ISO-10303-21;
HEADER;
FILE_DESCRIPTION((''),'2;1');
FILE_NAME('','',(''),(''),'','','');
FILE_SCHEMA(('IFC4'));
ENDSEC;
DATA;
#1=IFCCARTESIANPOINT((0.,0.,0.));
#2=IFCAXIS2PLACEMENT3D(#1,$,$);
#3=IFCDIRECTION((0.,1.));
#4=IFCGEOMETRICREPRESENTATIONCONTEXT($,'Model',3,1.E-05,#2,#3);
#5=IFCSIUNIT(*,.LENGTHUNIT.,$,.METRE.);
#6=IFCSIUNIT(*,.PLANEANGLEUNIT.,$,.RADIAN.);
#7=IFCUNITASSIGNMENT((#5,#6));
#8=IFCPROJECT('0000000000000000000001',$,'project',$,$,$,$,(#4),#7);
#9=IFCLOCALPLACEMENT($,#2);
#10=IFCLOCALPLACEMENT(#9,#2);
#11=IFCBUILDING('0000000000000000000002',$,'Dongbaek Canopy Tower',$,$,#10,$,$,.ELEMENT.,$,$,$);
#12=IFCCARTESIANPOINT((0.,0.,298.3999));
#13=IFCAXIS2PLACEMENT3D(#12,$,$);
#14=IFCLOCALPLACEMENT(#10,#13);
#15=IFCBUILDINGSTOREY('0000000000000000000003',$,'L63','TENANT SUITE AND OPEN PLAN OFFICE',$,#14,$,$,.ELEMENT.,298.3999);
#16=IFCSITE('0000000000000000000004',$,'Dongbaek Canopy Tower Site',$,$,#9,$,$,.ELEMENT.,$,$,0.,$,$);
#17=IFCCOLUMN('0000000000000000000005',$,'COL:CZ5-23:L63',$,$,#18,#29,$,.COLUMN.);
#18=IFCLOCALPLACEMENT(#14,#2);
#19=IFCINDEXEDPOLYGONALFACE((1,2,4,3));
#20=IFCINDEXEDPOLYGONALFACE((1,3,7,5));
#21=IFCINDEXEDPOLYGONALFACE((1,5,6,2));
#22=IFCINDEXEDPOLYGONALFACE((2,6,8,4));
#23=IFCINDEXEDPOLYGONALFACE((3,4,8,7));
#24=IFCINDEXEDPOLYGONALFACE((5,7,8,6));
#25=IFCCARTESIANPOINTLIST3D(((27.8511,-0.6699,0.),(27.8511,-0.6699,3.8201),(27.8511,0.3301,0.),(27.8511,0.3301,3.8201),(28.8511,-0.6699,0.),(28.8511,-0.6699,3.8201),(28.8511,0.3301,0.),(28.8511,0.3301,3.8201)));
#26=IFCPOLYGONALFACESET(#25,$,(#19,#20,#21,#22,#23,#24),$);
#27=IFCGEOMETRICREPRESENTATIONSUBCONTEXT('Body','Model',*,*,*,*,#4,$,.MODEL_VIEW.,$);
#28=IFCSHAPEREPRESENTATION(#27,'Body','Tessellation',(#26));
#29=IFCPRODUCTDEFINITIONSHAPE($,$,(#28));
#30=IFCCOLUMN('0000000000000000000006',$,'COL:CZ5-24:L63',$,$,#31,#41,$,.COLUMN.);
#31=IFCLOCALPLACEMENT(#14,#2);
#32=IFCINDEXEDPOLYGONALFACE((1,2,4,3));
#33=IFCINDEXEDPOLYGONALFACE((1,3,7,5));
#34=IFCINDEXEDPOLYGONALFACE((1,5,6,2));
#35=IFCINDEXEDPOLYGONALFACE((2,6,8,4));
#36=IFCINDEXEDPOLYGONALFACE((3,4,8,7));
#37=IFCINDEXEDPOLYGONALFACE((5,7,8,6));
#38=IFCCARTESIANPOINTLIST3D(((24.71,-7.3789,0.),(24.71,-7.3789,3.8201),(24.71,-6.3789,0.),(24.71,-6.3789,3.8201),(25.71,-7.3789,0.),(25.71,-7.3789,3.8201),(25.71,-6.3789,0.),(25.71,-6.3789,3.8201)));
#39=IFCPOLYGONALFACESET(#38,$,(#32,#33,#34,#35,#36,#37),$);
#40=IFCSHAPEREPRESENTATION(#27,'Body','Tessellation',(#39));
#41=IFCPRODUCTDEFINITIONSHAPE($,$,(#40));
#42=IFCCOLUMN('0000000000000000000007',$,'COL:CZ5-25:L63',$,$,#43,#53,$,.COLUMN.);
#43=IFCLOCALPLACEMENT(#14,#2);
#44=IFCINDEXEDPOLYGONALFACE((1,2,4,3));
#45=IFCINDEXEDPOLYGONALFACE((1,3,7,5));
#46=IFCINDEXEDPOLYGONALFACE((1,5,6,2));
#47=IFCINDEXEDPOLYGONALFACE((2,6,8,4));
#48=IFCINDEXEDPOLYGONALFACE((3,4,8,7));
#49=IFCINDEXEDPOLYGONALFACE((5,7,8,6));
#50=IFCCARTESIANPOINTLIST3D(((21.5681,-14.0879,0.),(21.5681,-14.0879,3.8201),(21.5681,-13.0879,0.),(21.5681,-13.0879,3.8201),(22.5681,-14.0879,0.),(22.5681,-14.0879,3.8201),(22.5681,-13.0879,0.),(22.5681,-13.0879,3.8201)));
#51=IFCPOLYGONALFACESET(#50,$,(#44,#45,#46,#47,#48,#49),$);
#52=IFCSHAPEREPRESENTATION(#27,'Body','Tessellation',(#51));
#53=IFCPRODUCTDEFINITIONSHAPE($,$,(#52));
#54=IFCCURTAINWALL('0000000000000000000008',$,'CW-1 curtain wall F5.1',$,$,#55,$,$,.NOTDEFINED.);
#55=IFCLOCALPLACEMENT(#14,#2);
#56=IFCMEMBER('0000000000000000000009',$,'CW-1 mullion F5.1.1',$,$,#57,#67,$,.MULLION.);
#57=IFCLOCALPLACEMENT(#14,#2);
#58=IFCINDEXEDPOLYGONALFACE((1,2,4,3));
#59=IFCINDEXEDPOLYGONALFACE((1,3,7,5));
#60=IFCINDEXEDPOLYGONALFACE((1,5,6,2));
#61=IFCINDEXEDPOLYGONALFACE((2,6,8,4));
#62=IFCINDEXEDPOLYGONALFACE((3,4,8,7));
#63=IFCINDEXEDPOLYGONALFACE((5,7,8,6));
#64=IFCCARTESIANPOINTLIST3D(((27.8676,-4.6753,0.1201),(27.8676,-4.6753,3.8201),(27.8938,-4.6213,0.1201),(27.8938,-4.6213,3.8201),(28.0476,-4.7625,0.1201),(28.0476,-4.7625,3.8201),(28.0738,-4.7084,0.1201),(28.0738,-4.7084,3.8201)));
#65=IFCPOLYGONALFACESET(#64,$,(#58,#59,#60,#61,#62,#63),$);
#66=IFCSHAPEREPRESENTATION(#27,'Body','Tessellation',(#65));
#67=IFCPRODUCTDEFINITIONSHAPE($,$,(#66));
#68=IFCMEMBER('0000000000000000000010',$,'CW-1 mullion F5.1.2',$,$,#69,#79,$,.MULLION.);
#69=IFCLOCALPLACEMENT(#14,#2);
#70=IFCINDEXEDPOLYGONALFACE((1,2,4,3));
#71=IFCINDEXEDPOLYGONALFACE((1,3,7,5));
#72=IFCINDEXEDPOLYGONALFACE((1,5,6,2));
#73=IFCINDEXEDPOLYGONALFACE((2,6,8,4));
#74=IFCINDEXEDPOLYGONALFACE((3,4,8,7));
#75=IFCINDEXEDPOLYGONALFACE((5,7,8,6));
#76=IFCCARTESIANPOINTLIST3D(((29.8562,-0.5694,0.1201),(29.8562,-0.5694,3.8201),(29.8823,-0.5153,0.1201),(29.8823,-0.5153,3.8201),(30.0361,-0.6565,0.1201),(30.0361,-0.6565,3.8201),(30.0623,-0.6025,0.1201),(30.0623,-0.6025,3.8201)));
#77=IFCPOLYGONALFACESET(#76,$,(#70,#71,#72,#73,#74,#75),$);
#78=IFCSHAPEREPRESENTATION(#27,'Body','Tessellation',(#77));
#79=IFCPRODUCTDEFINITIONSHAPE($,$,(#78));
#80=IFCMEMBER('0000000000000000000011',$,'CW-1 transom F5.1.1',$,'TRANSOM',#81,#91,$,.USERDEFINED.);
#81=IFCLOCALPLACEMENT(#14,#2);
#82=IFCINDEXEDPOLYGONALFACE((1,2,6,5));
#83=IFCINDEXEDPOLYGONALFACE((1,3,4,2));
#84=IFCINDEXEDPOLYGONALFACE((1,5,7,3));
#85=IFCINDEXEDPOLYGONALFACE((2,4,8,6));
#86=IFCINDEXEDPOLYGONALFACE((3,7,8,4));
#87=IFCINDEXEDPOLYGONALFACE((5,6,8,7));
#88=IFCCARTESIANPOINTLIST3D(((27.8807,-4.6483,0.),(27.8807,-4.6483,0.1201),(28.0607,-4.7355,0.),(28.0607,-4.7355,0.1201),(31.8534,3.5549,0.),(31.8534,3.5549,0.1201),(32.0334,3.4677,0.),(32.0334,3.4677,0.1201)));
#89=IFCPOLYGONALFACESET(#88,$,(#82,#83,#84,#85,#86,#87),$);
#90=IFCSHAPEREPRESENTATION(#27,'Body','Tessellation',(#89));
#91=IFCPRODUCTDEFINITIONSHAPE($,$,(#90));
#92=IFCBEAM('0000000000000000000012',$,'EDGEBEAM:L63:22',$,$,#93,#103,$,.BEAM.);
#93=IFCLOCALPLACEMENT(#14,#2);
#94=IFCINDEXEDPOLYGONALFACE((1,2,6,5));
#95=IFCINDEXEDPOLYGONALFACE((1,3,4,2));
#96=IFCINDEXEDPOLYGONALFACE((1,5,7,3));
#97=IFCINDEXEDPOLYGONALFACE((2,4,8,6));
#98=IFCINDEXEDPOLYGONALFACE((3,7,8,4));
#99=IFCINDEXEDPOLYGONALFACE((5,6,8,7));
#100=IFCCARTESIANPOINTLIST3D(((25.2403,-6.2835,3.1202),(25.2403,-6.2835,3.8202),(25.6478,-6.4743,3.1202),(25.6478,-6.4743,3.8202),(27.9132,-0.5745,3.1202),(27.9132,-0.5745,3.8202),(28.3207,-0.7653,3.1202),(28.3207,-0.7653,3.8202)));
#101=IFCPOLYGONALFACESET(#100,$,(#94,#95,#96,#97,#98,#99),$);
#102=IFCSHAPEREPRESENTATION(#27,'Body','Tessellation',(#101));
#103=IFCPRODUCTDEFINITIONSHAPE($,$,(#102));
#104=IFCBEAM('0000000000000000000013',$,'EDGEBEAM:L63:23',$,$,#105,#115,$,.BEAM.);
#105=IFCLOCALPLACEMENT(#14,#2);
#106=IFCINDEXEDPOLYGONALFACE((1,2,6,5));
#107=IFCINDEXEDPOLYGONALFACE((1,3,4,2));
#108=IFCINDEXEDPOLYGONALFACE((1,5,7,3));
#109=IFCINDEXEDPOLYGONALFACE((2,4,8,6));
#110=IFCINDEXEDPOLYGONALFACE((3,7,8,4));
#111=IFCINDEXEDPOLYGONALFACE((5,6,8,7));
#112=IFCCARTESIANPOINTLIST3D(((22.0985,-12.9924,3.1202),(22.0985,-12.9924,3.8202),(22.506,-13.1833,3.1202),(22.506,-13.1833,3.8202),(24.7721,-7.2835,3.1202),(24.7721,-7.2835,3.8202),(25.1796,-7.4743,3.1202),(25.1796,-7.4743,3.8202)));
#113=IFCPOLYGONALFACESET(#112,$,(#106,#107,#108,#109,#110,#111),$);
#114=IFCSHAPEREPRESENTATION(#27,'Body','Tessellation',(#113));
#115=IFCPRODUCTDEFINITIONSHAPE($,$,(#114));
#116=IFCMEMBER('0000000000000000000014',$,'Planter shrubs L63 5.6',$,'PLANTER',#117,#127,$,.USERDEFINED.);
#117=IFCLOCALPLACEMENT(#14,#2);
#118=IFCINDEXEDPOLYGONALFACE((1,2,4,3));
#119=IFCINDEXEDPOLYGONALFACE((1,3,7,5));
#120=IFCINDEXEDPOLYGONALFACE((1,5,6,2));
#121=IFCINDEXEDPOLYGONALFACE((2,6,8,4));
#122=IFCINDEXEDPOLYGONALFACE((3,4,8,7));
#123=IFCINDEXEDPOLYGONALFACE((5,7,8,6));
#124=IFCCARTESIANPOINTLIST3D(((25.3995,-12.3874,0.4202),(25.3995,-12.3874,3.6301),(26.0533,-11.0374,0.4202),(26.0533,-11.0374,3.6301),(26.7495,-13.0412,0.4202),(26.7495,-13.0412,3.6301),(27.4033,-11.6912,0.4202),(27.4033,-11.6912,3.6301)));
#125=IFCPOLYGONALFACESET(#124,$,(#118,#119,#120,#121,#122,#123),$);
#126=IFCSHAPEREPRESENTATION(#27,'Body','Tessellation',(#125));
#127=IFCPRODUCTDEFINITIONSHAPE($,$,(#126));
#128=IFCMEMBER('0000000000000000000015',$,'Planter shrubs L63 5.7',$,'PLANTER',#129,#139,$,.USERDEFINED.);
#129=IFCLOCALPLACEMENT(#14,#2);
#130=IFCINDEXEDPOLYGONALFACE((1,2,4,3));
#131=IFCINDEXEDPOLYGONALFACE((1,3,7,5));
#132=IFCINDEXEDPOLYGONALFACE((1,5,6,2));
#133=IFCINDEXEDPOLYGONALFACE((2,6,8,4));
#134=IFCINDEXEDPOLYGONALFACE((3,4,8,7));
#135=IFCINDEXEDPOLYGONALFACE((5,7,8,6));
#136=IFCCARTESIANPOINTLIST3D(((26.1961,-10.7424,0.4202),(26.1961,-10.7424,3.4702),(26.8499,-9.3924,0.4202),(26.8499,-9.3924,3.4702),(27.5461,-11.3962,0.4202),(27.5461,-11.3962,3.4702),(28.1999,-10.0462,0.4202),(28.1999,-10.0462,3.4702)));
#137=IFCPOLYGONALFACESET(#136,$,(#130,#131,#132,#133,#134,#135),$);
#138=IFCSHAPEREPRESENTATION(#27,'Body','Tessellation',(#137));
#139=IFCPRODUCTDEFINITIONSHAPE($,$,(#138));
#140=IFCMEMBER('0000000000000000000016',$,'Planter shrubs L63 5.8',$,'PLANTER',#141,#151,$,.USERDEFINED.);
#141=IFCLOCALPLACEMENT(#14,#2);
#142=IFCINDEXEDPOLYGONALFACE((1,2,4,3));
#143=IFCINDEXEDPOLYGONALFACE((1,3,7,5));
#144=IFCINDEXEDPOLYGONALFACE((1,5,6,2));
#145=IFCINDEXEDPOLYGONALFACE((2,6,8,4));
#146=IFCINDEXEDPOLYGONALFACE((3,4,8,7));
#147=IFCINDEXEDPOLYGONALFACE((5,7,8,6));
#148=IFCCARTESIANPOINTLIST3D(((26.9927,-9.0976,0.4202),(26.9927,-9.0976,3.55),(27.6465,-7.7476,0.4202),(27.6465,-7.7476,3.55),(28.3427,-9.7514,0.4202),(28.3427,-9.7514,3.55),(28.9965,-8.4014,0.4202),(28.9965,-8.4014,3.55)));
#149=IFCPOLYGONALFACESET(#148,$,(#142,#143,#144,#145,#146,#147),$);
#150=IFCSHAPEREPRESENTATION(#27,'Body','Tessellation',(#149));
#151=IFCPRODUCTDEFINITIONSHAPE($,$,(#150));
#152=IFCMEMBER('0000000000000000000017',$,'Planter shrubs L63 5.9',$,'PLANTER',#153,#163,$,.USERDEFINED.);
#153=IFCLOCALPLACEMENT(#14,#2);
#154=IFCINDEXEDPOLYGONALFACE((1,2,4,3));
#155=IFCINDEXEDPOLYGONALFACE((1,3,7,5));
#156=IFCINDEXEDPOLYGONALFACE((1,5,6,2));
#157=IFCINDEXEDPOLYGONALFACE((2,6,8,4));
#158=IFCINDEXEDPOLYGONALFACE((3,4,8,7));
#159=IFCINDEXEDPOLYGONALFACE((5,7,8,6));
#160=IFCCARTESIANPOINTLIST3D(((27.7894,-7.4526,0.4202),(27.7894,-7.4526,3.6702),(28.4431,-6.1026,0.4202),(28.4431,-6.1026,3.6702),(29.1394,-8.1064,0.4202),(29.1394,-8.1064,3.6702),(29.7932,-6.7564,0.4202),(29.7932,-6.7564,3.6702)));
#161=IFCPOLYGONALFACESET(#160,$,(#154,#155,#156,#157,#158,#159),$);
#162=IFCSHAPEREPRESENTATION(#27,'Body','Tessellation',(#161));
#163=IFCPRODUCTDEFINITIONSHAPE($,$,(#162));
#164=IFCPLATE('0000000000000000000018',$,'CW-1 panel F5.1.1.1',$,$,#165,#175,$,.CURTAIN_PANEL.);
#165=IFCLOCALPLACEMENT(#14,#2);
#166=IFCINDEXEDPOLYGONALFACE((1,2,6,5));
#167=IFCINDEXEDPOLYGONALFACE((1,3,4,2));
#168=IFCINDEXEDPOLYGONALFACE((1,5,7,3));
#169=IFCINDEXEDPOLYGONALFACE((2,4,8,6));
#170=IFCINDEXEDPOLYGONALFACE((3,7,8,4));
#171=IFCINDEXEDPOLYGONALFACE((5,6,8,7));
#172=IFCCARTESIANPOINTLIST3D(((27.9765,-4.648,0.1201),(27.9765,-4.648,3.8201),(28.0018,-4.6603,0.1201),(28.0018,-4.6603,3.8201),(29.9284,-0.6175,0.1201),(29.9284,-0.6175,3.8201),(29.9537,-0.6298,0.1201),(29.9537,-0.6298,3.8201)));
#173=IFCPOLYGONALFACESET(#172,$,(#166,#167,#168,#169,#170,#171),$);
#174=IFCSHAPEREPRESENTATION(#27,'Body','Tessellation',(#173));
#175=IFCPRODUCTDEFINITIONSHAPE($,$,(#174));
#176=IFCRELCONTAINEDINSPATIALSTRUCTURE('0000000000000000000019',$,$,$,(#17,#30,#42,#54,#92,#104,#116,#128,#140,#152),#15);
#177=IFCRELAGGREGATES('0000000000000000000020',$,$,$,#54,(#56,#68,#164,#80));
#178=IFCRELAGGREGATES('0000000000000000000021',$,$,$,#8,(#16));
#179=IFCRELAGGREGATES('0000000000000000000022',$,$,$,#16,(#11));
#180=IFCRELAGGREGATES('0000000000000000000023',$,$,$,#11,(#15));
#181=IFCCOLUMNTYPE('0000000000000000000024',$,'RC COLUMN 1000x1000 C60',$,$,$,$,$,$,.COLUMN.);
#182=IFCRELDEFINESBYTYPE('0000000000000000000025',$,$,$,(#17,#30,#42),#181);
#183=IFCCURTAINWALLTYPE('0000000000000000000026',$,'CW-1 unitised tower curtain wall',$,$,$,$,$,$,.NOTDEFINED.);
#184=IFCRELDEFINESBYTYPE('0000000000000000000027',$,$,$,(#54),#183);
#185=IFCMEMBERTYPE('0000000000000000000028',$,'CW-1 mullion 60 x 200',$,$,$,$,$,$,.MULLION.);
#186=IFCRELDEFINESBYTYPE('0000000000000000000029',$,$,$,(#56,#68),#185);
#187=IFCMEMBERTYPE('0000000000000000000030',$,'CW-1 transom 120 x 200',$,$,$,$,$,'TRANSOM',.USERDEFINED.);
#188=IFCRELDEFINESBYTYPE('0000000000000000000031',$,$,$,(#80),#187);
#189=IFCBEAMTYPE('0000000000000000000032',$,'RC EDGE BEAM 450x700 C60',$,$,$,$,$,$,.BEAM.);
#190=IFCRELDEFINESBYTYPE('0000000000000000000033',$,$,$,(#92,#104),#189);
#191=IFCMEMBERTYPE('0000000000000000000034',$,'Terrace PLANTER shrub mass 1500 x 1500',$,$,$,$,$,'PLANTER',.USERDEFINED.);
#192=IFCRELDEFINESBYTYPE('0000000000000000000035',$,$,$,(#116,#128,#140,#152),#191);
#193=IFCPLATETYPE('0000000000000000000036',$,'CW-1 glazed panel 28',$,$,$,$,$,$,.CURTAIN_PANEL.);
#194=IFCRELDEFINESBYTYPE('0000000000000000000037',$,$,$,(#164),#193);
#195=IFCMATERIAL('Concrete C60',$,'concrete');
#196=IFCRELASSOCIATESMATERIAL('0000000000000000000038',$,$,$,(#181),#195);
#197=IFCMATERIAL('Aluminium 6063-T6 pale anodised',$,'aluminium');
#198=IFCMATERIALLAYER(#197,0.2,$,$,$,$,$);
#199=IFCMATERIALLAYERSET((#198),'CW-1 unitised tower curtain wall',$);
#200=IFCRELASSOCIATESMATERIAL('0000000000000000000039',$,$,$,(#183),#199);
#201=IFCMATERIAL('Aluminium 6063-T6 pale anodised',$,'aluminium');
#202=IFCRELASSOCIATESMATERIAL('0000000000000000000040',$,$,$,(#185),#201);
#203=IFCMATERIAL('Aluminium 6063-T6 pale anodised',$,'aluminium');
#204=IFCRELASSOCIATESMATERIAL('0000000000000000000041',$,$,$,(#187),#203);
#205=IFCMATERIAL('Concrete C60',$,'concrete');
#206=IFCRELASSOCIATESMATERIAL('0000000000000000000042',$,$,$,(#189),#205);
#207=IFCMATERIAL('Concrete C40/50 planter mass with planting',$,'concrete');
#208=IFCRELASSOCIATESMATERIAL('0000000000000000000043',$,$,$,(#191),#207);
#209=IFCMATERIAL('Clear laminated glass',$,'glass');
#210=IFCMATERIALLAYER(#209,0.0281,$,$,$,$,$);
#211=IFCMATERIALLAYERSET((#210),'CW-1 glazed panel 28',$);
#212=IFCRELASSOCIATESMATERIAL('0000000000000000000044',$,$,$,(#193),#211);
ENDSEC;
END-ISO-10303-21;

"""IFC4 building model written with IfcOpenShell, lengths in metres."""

from ifc_helpers import new_model, si_unit, direction, frame, origin, origin_2d, place, context, subcontext, project, spatial, rectangle, extrude, material, layer, layer_set, material_profile, profile_set, type_object, element, aggregate, save


model = new_model("IFC4")

# Units and contexts
model_context = context("Model", 3, precision=1e-05, world=origin(), true_north=direction((0.0, 1.0)))
body_context = subcontext(model_context, "Body", "Model", "MODEL_VIEW")
ifc_project = project(units=[si_unit("LENGTHUNIT", "METRE"), si_unit("PLANEANGLEUNIT", "RADIAN")], contexts=[model_context])

# Site, building, storey
site_placement = place(None, origin())
site = spatial("IfcSite", under=ifc_project, at=site_placement, Name="Dongbaek Canopy Tower Site", CompositionType="ELEMENT", RefElevation=0.0)
building_placement = place(site_placement, origin())
building = spatial("IfcBuilding", under=site, at=building_placement, Name="Dongbaek Canopy Tower", CompositionType="ELEMENT")
storey_placement = place(building_placement, frame((0.0, 0.0, 298.3999)))
storey = spatial("IfcBuildingStorey", under=building, at=storey_placement, Name="L63", Description="TENANT SUITE AND OPEN PLAN OFFICE", CompositionType="ELEMENT", Elevation=298.3999)

# Columns
ifc_material_1 = material(Name="Concrete C60", Category="concrete")
ifc_material_profile_1 = material_profile(ifc_material_1, rectangle(XDim=1.0, YDim=1.0, at=origin_2d()), Name="RC COLUMN 1000x1000 C60")
ifc_profile_set_1 = profile_set([ifc_material_profile_1], Name="Concrete C60")
column_type = type_object("IfcColumnType", Name="RC COLUMN 1000x1000 C60", PredefinedType="COLUMN", material=ifc_profile_set_1)
for number, where, z_axis, x_axis, name in (
    (1, (28.3511, -0.1699, 0.0), (0.0, 0.0, 1.0), (1.0, 0.0, 0.0), "COL:CZ5-23:L63"),
    (2, (25.21, -6.8789, 0.0), (0.0, 0.0, 1.0), (1.0, 0.0, 0.0), "COL:CZ5-24:L63"),
    (3, (22.0681, -13.5879, 0.0), (0.0, 0.0, 1.0), (1.0, 0.0, 0.0), "COL:CZ5-25:L63"),
):
    element("IfcColumn", number, at=place(storey_placement, frame(where, z_axis=z_axis, x_axis=x_axis)), inside=storey, type_object=column_type, Name=name, PredefinedType="COLUMN", context=body_context, shape_type="SweptSolid", body=[
        extrude(rectangle(XDim=1.0, YDim=1.0, at=origin_2d()), origin(), (0.0, 0.0, 1.0), 3.8201),
    ])

# Curtain wall, members
ifc_material_2 = material(Name="Aluminium 6063-T6 pale anodised", Category="aluminium")
ifc_layer_1 = layer(ifc_material_2, 0.2)
ifc_layer_set_1 = layer_set([ifc_layer_1], Name="CW-1 unitised tower curtain wall")
curtain_wall_type = type_object("IfcCurtainWallType", Name="CW-1 unitised tower curtain wall", PredefinedType="NOTDEFINED", material=ifc_layer_set_1)
curtain_wall_placement = place(storey_placement, origin())
curtain_wall = element("IfcCurtainWall", 4, at=curtain_wall_placement, inside=storey, type_object=curtain_wall_type, Name="CW-1 curtain wall F5.1", PredefinedType="NOTDEFINED")
ifc_material_3 = material(Name="Aluminium 6063-T6 pale anodised", Category="aluminium")
ifc_material_profile_2 = material_profile(ifc_material_3, rectangle(XDim=0.2, YDim=0.0601, at=origin_2d()), Name="CW-1 mullion 60 x 200")
ifc_profile_set_2 = profile_set([ifc_material_profile_2], Name="Aluminium 6063-T6 pale anodised")
member_type_1 = type_object("IfcMemberType", Name="CW-1 mullion 60 x 200", PredefinedType="MULLION", material=ifc_profile_set_2)
member_1_placement = place(storey_placement, frame((27.9707, -4.6919, 0.1201), z_axis=(0.0, 0.0, 1.0), x_axis=(0.900013, -0.435863, 0.0)))
member_1 = element("IfcMember", 5, at=member_1_placement, type_object=member_type_1, Name="CW-1 mullion F5.1.1", PredefinedType="MULLION", context=body_context, shape_type="SweptSolid", body=[
    extrude(rectangle(XDim=0.2, YDim=0.0601, at=origin_2d()), origin(), (0.0, 0.0, 1.0), 3.7),
])
member_2_placement = place(storey_placement, frame((29.9592, -0.5859, 0.1201), z_axis=(0.0, 0.0, 1.0), x_axis=(0.900013, -0.435863, 0.0)))
member_2 = element("IfcMember", 6, at=member_2_placement, type_object=member_type_1, Name="CW-1 mullion F5.1.2", PredefinedType="MULLION", context=body_context, shape_type="SweptSolid", body=[
    extrude(rectangle(XDim=0.2, YDim=0.0601, at=origin_2d()), origin(), (0.0, 0.0, 1.0), 3.7),
])
ifc_material_4 = material(Name="Aluminium 6063-T6 pale anodised", Category="aluminium")
ifc_material_profile_3 = material_profile(ifc_material_4, rectangle(XDim=0.2, YDim=0.1201, at=origin_2d()), Name="CW-1 transom 120 x 200")
ifc_profile_set_3 = profile_set([ifc_material_profile_3], Name="Aluminium 6063-T6 pale anodised")
member_type_2 = type_object("IfcMemberType", Name="CW-1 transom 120 x 200", ElementType="TRANSOM", PredefinedType="USERDEFINED", material=ifc_profile_set_3)
member_3_placement = place(storey_placement, frame((27.9707, -4.6919, 0.0601), z_axis=(0.435863, 0.900013, 0.0), x_axis=(-0.900013, 0.435863, 0.0)))
member_3 = element("IfcMember", 7, at=member_3_placement, type_object=member_type_2, Name="CW-1 transom F5.1.1", ObjectType="TRANSOM", PredefinedType="USERDEFINED", context=body_context, shape_type="SweptSolid", body=[
    extrude(rectangle(XDim=0.2, YDim=0.1201, at=origin_2d()), origin(), (0.0, 0.0, 1.0), 9.1145),
])

# Beams
ifc_material_5 = material(Name="Concrete C60", Category="concrete")
ifc_material_profile_4 = material_profile(ifc_material_5, rectangle(XDim=0.45, YDim=0.7, at=origin_2d()), Name="RC EDGE BEAM 450x700 C60")
ifc_profile_set_4 = profile_set([ifc_material_profile_4], Name="Concrete C60")
beam_type = type_object("IfcBeamType", Name="RC EDGE BEAM 450x700 C60", PredefinedType="BEAM", material=ifc_profile_set_4)
beam_1_placement = place(storey_placement, frame((28.1169, -0.6699, 3.4702), z_axis=(-0.424013, -0.905656, 0.0), x_axis=(0.905656, -0.424013, 0.0)))
element("IfcBeam", 8, at=beam_1_placement, inside=storey, type_object=beam_type, Name="EDGEBEAM:L63:22", PredefinedType="BEAM", context=body_context, shape_type="SweptSolid", body=[
    extrude(rectangle(XDim=0.45, YDim=0.7, at=origin_2d()), origin(), (0.0, 0.0, 1.0), 6.3037),
])
beam_2_placement = place(storey_placement, frame((24.9758, -7.3789, 3.4702), z_axis=(-0.424108, -0.905611, 0.0), x_axis=(0.905611, -0.424108, 0.0)))
element("IfcBeam", 9, at=beam_2_placement, inside=storey, type_object=beam_type, Name="EDGEBEAM:L63:23", PredefinedType="BEAM", context=body_context, shape_type="SweptSolid", body=[
    extrude(rectangle(XDim=0.45, YDim=0.7, at=origin_2d()), origin(), (0.0, 0.0, 1.0), 6.304),
])

# Members
ifc_material_6 = material(Name="Concrete C40/50 planter mass with planting", Category="concrete")
ifc_material_profile_5 = material_profile(ifc_material_6, rectangle(XDim=1.5, YDim=1.5, at=origin_2d()), Name="Terrace PLANTER shrub mass 1500 x 1500")
ifc_profile_set_5 = profile_set([ifc_material_profile_5], Name="Concrete C40/50 planter mass with planting")
member_type_3 = type_object("IfcMemberType", Name="Terrace PLANTER shrub mass 1500 x 1500", ElementType="PLANTER", PredefinedType="USERDEFINED", material=ifc_profile_set_5)
member_4_placement = place(storey_placement, frame((26.4014, -12.0393, 0.4202), z_axis=(0.0, 0.0, 1.0), x_axis=(0.900013, -0.435863, 0.0)))
element("IfcMember", 10, at=member_4_placement, inside=storey, type_object=member_type_3, Name="Planter shrubs L63 5.6", ObjectType="PLANTER", PredefinedType="USERDEFINED", context=body_context, shape_type="SweptSolid", body=[
    extrude(rectangle(XDim=1.5, YDim=1.5, at=origin_2d()), origin(), (0.0, 0.0, 1.0), 3.21),
])
member_5_placement = place(storey_placement, frame((27.198, -10.3943, 0.4202), z_axis=(0.0, 0.0, 1.0), x_axis=(0.900013, -0.435863, 0.0)))
element("IfcMember", 11, at=member_5_placement, inside=storey, type_object=member_type_3, Name="Planter shrubs L63 5.7", ObjectType="PLANTER", PredefinedType="USERDEFINED", context=body_context, shape_type="SweptSolid", body=[
    extrude(rectangle(XDim=1.5, YDim=1.5, at=origin_2d()), origin(), (0.0, 0.0, 1.0), 3.05),
])
member_6_placement = place(storey_placement, frame((27.9946, -8.7495, 0.4202), z_axis=(0.0, 0.0, 1.0), x_axis=(0.900013, -0.435863, 0.0)))
element("IfcMember", 12, at=member_6_placement, inside=storey, type_object=member_type_3, Name="Planter shrubs L63 5.8", ObjectType="PLANTER", PredefinedType="USERDEFINED", context=body_context, shape_type="SweptSolid", body=[
    extrude(rectangle(XDim=1.5, YDim=1.5, at=origin_2d()), origin(), (0.0, 0.0, 1.0), 3.1299),
])
member_7_placement = place(storey_placement, frame((28.7913, -7.1045, 0.4202), z_axis=(0.0, 0.0, 1.0), x_axis=(0.900013, -0.435863, 0.0)))
element("IfcMember", 13, at=member_7_placement, inside=storey, type_object=member_type_3, Name="Planter shrubs L63 5.9", ObjectType="PLANTER", PredefinedType="USERDEFINED", context=body_context, shape_type="SweptSolid", body=[
    extrude(rectangle(XDim=1.5, YDim=1.5, at=origin_2d()), origin(), (0.0, 0.0, 1.0), 3.25),
])

# Plate
ifc_material_7 = material(Name="Clear laminated glass", Category="glass")
ifc_layer_2 = layer(ifc_material_7, 0.0281)
ifc_layer_set_2 = layer_set([ifc_layer_2], Name="CW-1 glazed panel 28")
plate_type = type_object("IfcPlateType", Name="CW-1 glazed panel 28", PredefinedType="CURTAIN_PANEL", material=ifc_layer_set_2)
plate_placement = place(storey_placement, frame((28.9651, -2.6389, 0.1201), z_axis=(0.0, 0.0, 1.0), x_axis=(0.435863, 0.900013, 0.0)))
plate = element("IfcPlate", 14, at=plate_placement, type_object=plate_type, Name="CW-1 panel F5.1.1.1", PredefinedType="CURTAIN_PANEL", context=body_context, shape_type="SweptSolid", body=[
    extrude(rectangle(XDim=4.4783, YDim=0.0281, at=origin_2d()), origin(), (0.0, 0.0, 1.0), 3.7),
])

aggregate(curtain_wall, [member_1, member_2, plate, member_3])

save(model, "model.ifc")
